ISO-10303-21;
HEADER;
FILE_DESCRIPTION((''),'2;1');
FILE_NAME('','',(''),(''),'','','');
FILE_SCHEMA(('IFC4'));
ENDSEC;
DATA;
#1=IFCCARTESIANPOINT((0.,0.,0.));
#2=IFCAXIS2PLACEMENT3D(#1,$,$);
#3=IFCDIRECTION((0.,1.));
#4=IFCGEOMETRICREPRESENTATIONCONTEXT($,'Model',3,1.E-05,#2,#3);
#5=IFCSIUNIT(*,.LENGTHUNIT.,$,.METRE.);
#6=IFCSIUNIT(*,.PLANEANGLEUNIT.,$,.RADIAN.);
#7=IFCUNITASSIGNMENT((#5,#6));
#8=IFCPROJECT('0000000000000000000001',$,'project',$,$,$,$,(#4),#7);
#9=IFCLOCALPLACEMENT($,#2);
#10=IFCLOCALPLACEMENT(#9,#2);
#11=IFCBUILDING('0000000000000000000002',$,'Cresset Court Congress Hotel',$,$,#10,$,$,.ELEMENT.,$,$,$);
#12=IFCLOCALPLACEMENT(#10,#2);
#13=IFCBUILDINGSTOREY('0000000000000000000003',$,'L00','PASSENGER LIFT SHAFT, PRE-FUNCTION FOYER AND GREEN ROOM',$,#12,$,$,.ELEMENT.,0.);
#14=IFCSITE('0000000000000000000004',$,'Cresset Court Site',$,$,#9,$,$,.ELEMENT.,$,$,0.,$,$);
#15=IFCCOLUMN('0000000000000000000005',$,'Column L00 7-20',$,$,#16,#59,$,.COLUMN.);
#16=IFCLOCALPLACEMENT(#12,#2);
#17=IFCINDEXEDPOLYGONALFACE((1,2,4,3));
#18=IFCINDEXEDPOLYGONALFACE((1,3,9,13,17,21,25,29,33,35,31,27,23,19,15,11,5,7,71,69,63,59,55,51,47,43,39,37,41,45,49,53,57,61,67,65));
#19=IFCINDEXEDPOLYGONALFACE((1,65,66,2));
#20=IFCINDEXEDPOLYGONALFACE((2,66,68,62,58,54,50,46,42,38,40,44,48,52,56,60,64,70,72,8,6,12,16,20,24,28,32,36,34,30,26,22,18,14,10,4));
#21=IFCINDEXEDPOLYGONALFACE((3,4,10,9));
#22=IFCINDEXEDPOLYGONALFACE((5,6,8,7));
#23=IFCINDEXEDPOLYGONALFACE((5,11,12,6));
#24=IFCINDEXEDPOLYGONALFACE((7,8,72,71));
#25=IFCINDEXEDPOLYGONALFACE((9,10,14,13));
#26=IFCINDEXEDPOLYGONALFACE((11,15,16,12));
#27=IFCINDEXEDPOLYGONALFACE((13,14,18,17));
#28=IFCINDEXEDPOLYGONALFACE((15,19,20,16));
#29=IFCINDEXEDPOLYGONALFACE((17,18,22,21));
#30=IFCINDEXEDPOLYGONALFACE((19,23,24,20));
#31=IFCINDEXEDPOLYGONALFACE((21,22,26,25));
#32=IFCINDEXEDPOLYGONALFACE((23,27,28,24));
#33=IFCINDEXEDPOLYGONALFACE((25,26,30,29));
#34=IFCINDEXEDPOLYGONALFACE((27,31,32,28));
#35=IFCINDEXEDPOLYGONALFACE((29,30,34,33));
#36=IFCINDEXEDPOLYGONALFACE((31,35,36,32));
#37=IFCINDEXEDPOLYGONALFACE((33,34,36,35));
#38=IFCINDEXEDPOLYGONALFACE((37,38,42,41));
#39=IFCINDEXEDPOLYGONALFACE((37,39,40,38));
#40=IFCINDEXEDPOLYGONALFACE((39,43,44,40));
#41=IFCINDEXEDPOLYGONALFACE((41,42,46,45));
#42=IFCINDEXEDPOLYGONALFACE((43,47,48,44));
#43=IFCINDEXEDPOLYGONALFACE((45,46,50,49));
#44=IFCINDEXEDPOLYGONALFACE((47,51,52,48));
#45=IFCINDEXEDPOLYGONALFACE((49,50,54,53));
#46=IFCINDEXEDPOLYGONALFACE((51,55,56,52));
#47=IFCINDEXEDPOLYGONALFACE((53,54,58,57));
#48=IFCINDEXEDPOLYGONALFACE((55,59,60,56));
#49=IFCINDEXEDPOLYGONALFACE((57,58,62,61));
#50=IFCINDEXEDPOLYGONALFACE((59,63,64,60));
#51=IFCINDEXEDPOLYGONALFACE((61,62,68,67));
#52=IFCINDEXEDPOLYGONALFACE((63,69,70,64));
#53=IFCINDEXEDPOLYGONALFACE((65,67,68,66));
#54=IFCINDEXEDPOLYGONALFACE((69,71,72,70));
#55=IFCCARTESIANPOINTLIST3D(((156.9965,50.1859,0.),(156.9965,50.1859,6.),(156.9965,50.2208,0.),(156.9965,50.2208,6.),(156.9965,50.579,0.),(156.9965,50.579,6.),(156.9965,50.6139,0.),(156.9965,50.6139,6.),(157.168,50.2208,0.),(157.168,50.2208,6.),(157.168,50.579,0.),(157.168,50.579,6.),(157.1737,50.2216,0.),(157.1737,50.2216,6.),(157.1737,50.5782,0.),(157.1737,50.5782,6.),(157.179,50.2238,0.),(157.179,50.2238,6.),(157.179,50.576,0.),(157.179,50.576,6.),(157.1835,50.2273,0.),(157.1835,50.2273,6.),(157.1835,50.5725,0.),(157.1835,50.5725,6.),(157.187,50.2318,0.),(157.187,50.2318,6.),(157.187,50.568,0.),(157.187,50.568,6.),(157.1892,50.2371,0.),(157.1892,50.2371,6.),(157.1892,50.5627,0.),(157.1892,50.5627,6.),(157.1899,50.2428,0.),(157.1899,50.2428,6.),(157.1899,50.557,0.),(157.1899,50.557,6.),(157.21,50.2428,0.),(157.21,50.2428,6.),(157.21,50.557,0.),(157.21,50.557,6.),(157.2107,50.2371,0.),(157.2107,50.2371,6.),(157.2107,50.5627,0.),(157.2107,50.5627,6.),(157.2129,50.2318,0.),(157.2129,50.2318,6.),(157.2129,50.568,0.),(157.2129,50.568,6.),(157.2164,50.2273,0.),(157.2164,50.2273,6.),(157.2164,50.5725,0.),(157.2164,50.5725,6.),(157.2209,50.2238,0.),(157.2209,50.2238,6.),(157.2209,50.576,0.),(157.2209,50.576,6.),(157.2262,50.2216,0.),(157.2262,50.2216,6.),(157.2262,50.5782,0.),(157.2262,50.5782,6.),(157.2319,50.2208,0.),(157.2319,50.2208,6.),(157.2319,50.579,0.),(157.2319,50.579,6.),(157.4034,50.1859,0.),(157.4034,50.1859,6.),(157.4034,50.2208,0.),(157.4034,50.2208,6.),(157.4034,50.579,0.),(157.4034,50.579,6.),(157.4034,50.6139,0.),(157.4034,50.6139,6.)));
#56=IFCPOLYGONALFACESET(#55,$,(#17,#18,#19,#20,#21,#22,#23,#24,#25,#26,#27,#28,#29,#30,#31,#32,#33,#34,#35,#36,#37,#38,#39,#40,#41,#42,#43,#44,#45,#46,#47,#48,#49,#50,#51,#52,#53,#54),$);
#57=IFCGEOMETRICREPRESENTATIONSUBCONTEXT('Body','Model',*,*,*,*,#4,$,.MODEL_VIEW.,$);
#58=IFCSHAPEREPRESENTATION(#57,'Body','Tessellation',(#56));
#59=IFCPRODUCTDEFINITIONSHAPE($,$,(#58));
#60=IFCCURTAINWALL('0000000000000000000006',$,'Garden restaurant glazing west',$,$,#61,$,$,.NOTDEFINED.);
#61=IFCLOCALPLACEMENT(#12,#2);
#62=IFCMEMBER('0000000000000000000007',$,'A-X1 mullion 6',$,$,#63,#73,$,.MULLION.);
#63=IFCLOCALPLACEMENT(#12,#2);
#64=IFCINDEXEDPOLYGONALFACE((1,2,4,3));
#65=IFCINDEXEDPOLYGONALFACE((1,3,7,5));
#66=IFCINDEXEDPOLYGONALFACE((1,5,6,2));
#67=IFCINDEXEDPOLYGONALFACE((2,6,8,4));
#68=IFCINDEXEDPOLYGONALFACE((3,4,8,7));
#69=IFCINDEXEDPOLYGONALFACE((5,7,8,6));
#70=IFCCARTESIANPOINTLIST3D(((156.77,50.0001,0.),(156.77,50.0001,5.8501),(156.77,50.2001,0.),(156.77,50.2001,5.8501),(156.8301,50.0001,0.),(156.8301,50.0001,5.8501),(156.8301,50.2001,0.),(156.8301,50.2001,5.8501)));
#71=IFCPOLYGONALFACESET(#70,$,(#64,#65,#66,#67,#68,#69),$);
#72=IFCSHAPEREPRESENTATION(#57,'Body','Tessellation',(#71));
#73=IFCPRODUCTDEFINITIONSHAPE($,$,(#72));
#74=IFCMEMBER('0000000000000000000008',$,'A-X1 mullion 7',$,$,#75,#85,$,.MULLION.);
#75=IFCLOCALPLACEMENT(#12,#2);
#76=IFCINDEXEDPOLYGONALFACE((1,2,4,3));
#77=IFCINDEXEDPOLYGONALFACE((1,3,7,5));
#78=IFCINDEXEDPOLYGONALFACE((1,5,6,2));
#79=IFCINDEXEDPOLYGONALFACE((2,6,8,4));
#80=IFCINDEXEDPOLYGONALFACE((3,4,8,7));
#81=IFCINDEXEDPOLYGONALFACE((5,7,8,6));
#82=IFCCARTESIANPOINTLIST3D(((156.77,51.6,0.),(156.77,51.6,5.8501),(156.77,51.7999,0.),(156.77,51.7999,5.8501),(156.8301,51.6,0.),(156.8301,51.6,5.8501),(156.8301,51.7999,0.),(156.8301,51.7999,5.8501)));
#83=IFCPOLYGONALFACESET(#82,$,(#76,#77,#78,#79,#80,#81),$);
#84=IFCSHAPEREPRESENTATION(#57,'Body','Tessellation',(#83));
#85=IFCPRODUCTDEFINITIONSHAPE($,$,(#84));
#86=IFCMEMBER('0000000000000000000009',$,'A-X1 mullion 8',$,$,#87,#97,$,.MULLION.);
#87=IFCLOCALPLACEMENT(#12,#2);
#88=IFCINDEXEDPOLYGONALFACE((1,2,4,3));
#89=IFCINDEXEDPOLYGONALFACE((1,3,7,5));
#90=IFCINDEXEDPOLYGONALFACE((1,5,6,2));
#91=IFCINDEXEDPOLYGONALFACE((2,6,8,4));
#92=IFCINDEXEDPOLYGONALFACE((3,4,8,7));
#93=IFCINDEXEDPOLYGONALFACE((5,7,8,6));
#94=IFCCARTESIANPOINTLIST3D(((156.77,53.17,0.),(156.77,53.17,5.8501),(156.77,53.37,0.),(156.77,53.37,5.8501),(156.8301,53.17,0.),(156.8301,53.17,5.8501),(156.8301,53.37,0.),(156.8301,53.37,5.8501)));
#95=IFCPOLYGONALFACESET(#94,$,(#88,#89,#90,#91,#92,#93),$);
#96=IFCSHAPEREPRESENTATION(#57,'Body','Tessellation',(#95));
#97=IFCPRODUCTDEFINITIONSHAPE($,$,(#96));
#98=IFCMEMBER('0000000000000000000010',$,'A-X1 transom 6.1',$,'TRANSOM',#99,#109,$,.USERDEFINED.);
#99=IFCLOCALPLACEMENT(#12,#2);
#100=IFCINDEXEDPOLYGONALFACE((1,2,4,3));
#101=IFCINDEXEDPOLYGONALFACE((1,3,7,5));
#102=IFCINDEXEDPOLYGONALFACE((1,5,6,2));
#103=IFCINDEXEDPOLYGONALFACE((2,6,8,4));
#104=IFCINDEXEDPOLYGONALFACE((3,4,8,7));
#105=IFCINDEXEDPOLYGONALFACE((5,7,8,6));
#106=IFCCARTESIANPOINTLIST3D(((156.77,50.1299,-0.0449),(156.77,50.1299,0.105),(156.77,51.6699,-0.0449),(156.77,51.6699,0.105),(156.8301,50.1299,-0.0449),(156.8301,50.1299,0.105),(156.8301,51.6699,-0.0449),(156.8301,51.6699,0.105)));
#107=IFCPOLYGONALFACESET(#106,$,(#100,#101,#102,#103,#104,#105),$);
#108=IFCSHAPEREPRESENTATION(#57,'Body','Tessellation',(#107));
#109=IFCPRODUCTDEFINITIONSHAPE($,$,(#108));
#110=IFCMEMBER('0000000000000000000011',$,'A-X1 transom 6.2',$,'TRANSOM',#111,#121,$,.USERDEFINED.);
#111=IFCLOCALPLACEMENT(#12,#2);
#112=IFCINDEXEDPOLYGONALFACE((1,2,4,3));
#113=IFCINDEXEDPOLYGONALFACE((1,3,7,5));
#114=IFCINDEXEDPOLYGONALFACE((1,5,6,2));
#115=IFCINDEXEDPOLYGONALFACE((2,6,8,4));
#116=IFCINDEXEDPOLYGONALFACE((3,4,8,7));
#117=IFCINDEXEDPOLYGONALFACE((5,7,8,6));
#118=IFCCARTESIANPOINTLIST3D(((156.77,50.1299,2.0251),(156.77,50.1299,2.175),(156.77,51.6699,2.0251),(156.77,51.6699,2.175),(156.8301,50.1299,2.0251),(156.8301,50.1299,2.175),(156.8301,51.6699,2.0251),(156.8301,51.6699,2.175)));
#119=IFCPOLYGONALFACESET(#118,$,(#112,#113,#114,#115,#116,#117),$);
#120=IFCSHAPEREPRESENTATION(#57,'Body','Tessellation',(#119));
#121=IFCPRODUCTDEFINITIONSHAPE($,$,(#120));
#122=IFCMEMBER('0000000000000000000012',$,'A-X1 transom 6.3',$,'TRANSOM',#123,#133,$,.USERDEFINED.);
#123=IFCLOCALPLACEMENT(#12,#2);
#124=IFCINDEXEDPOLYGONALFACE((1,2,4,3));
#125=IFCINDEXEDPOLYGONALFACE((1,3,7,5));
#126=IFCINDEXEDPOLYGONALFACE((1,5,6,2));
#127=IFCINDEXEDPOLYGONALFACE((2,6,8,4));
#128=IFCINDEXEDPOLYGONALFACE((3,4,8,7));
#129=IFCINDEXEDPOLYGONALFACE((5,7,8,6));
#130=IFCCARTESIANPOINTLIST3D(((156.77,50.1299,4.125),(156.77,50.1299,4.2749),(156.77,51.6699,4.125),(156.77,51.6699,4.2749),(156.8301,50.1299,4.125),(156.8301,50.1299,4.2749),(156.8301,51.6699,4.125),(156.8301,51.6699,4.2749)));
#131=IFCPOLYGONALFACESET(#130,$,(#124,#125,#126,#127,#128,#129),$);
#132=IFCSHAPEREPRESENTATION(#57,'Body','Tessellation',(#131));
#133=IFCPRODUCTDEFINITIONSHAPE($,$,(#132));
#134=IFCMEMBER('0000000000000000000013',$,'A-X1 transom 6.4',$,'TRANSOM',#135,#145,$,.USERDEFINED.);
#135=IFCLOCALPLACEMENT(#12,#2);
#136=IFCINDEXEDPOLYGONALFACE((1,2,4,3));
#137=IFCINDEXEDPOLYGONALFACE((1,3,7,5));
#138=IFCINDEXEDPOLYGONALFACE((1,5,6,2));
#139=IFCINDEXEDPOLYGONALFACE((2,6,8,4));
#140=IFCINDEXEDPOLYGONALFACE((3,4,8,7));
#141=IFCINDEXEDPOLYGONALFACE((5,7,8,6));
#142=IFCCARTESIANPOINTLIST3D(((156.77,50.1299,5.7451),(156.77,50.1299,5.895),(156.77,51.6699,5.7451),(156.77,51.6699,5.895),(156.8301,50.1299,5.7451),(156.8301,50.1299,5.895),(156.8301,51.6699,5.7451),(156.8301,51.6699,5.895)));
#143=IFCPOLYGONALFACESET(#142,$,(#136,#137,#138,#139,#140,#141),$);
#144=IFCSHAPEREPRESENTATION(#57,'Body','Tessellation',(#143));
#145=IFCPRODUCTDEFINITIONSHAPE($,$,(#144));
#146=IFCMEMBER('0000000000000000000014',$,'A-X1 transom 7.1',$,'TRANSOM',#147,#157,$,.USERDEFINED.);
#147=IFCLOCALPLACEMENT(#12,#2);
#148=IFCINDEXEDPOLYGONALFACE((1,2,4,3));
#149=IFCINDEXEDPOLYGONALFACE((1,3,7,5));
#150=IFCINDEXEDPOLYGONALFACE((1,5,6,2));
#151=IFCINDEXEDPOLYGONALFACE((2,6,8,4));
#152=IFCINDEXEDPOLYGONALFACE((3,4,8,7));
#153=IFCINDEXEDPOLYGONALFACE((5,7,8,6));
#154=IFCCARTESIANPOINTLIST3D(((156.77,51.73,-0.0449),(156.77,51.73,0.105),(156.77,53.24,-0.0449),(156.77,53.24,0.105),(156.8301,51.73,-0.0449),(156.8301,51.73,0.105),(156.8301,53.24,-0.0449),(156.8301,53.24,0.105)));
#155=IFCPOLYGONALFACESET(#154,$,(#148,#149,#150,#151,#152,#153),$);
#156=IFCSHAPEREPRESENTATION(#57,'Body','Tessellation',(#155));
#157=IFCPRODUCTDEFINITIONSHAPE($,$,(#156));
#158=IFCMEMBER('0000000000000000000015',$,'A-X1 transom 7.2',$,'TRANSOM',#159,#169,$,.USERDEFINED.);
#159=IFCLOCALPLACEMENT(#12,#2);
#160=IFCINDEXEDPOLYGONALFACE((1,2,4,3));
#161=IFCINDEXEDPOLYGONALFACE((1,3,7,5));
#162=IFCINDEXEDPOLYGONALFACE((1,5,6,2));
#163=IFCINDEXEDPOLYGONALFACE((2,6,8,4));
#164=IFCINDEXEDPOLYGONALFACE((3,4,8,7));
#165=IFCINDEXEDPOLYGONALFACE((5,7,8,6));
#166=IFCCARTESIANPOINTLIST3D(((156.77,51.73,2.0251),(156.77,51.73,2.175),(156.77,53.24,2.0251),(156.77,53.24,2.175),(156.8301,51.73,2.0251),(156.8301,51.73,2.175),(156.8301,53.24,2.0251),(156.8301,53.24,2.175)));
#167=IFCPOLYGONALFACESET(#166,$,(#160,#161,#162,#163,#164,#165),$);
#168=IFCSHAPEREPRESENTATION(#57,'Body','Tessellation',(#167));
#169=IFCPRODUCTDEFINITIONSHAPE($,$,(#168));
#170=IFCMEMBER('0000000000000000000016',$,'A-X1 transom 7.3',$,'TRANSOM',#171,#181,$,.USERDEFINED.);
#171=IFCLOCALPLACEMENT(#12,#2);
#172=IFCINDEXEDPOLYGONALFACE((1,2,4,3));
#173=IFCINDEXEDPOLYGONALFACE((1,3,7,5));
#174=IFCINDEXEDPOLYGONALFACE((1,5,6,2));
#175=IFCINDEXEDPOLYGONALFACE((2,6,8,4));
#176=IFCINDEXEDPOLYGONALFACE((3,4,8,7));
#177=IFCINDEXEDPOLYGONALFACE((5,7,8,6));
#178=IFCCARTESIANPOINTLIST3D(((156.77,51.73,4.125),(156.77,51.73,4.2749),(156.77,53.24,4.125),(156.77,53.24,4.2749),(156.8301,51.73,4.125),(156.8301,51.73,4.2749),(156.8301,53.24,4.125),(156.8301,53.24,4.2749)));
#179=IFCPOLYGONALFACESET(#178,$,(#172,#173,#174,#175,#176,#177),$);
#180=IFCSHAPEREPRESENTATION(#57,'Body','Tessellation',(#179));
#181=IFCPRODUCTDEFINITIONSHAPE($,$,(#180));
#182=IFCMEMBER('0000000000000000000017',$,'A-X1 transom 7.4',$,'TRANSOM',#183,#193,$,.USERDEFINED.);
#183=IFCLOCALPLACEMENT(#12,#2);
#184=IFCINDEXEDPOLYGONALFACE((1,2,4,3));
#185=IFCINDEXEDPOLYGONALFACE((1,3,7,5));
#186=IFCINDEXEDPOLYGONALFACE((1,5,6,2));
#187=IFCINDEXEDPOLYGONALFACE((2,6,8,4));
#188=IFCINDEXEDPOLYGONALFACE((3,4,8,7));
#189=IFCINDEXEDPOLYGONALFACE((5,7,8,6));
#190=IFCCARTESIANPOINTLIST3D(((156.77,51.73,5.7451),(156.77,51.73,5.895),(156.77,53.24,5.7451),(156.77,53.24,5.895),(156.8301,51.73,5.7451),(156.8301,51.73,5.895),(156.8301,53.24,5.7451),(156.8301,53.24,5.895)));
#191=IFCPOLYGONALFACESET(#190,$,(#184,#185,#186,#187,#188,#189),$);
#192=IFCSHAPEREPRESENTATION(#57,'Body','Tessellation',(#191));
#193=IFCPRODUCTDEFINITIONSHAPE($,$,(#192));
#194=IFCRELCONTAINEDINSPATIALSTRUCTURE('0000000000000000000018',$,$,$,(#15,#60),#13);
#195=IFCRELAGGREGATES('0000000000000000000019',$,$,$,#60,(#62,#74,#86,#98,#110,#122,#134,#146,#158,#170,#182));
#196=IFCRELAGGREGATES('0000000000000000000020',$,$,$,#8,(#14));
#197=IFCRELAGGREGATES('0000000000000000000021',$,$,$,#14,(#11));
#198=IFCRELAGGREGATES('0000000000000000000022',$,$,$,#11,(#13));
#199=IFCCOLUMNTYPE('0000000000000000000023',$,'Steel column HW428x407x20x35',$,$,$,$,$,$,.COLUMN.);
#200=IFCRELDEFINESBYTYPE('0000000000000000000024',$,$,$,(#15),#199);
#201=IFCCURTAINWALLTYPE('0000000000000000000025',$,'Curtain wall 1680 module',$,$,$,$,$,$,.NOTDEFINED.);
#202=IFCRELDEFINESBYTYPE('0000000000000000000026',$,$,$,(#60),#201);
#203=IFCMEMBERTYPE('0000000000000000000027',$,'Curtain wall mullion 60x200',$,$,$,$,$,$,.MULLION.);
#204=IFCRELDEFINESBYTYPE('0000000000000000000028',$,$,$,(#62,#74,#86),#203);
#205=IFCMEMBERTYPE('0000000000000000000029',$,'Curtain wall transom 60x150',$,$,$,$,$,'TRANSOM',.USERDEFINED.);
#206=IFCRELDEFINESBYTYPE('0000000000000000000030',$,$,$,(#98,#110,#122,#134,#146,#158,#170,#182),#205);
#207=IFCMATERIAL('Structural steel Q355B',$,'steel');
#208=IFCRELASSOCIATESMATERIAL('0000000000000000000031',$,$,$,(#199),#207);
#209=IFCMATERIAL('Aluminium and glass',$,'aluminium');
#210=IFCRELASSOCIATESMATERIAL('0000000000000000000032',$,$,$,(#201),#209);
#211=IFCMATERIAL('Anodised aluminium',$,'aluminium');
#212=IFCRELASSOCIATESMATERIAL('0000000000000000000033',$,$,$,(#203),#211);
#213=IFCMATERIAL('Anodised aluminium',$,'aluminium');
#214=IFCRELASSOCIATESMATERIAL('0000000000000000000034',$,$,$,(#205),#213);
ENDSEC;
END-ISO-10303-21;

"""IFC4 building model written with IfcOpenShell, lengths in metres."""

from ifc_helpers import new_model, si_unit, direction, frame, origin, origin_2d, place, context, subcontext, project, spatial, rectangle, i_section, extrude, material, material_profile, profile_set, type_object, element, aggregate, save


model = new_model("IFC4")

# Units and contexts
model_context = context("Model", 3, precision=1e-05, world=origin(), true_north=direction((0.0, 1.0)))
body_context = subcontext(model_context, "Body", "Model", "MODEL_VIEW")
ifc_project = project(units=[si_unit("LENGTHUNIT", "METRE"), si_unit("PLANEANGLEUNIT", "RADIAN")], contexts=[model_context])

# Site, building, storey
site_placement = place(None, origin())
site = spatial("IfcSite", under=ifc_project, at=site_placement, Name="Cresset Court Site", CompositionType="ELEMENT", RefElevation=0.0)
building_placement = place(site_placement, origin())
building = spatial("IfcBuilding", under=site, at=building_placement, Name="Cresset Court Congress Hotel", CompositionType="ELEMENT")
storey_placement = place(building_placement, origin())
storey = spatial("IfcBuildingStorey", under=building, at=storey_placement, Name="L00", Description="PASSENGER LIFT SHAFT, PRE-FUNCTION FOYER AND GREEN ROOM", CompositionType="ELEMENT", Elevation=0.0)

# Column
ifc_material_1 = material(Name="Structural steel Q355B", Category="steel")
ifc_material_profile_1 = material_profile(ifc_material_1, i_section(OverallWidth=0.407, OverallDepth=0.428, WebThickness=0.02, FlangeThickness=0.0349, FilletRadius=0.022, at=origin_2d()), Name="HW428x407x20x35")
ifc_profile_set_1 = profile_set([ifc_material_profile_1], Name="Structural steel Q355B")
column_type = type_object("IfcColumnType", Name="Steel column HW428x407x20x35", PredefinedType="COLUMN", material=ifc_profile_set_1)
column_placement = place(storey_placement, frame((157.2, 50.3999, 0.0), z_axis=(0.0, 0.0, 1.0), x_axis=(1.0, 0.0, 0.0)))
element("IfcColumn", 1, at=column_placement, inside=storey, type_object=column_type, Name="Column L00 7-20", PredefinedType="COLUMN", context=body_context, shape_type="SweptSolid", body=[
    extrude(i_section(OverallWidth=0.407, OverallDepth=0.428, WebThickness=0.02, FlangeThickness=0.0349, FilletRadius=0.022, at=origin_2d()), origin(), (0.0, 0.0, 1.0), 6.0),
])

# Curtain wall, members
ifc_material_2 = material(Name="Aluminium and glass", Category="aluminium")
curtain_wall_type = type_object("IfcCurtainWallType", Name="Curtain wall 1680 module", PredefinedType="NOTDEFINED", material=ifc_material_2)
curtain_wall_placement = place(storey_placement, origin())
curtain_wall = element("IfcCurtainWall", 2, at=curtain_wall_placement, inside=storey, type_object=curtain_wall_type, Name="Garden restaurant glazing west", PredefinedType="NOTDEFINED")
ifc_material_3 = material(Name="Anodised aluminium", Category="aluminium")
ifc_material_profile_2 = material_profile(ifc_material_3, rectangle(XDim=0.0601, YDim=0.2, at=origin_2d()), Name="RECT60x200")
ifc_profile_set_2 = profile_set([ifc_material_profile_2], Name="Anodised aluminium")
member_type_1 = type_object("IfcMemberType", Name="Curtain wall mullion 60x200", PredefinedType="MULLION", material=ifc_profile_set_2)
member_1_placement = place(storey_placement, frame((156.8, 50.1001, 0.0), z_axis=(0.0, 0.0, 1.0), x_axis=(-1.0, 0.0, 0.0)))
member_1 = element("IfcMember", 3, at=member_1_placement, type_object=member_type_1, Name="A-X1 mullion 6", PredefinedType="MULLION", context=body_context, shape_type="SweptSolid", body=[
    extrude(rectangle(XDim=0.0601, YDim=0.2, at=origin_2d()), origin(), (0.0, 0.0, 1.0), 5.8501),
])
member_2_placement = place(storey_placement, frame((156.8, 51.7, 0.0), z_axis=(0.0, 0.0, 1.0), x_axis=(-1.0, 0.0, 0.0)))
member_2 = element("IfcMember", 4, at=member_2_placement, type_object=member_type_1, Name="A-X1 mullion 7", PredefinedType="MULLION", context=body_context, shape_type="SweptSolid", body=[
    extrude(rectangle(XDim=0.0601, YDim=0.2, at=origin_2d()), origin(), (0.0, 0.0, 1.0), 5.8501),
])
member_3_placement = place(storey_placement, frame((156.8, 53.27, 0.0), z_axis=(0.0, 0.0, 1.0), x_axis=(-1.0, 0.0, 0.0)))
member_3 = element("IfcMember", 5, at=member_3_placement, type_object=member_type_1, Name="A-X1 mullion 8", PredefinedType="MULLION", context=body_context, shape_type="SweptSolid", body=[
    extrude(rectangle(XDim=0.0601, YDim=0.2, at=origin_2d()), origin(), (0.0, 0.0, 1.0), 5.8501),
])
ifc_material_4 = material(Name="Anodised aluminium", Category="aluminium")
ifc_material_profile_3 = material_profile(ifc_material_4, rectangle(XDim=0.0601, YDim=0.1499, at=origin_2d()), Name="RECT60x150")
ifc_profile_set_3 = profile_set([ifc_material_profile_3], Name="Anodised aluminium")
member_type_2 = type_object("IfcMemberType", Name="Curtain wall transom 60x150", ElementType="TRANSOM", PredefinedType="USERDEFINED", material=ifc_profile_set_3)
member_4_placement = place(storey_placement, frame((156.8, 50.1299, 0.03), z_axis=(0.0, 1.0, 0.0), x_axis=(-1.0, 0.0, 0.0)))
member_4 = element("IfcMember", 6, at=member_4_placement, type_object=member_type_2, Name="A-X1 transom 6.1", ObjectType="TRANSOM", PredefinedType="USERDEFINED", context=body_context, shape_type="SweptSolid", body=[
    extrude(rectangle(XDim=0.0601, YDim=0.1499, at=origin_2d()), origin(), (0.0, 0.0, 1.0), 1.54),
])
member_5_placement = place(storey_placement, frame((156.8, 50.1299, 2.1001), z_axis=(0.0, 1.0, 0.0), x_axis=(-1.0, 0.0, 0.0)))
member_5 = element("IfcMember", 7, at=member_5_placement, type_object=member_type_2, Name="A-X1 transom 6.2", ObjectType="TRANSOM", PredefinedType="USERDEFINED", context=body_context, shape_type="SweptSolid", body=[
    extrude(rectangle(XDim=0.0601, YDim=0.1499, at=origin_2d()), origin(), (0.0, 0.0, 1.0), 1.54),
])
member_6_placement = place(storey_placement, frame((156.8, 50.1299, 4.2), z_axis=(0.0, 1.0, 0.0), x_axis=(-1.0, 0.0, 0.0)))
member_6 = element("IfcMember", 8, at=member_6_placement, type_object=member_type_2, Name="A-X1 transom 6.3", ObjectType="TRANSOM", PredefinedType="USERDEFINED", context=body_context, shape_type="SweptSolid", body=[
    extrude(rectangle(XDim=0.0601, YDim=0.1499, at=origin_2d()), origin(), (0.0, 0.0, 1.0), 1.54),
])
member_7_placement = place(storey_placement, frame((156.8, 50.1299, 5.8201), z_axis=(0.0, 1.0, 0.0), x_axis=(-1.0, 0.0, 0.0)))
member_7 = element("IfcMember", 9, at=member_7_placement, type_object=member_type_2, Name="A-X1 transom 6.4", ObjectType="TRANSOM", PredefinedType="USERDEFINED", context=body_context, shape_type="SweptSolid", body=[
    extrude(rectangle(XDim=0.0601, YDim=0.1499, at=origin_2d()), origin(), (0.0, 0.0, 1.0), 1.54),
])
member_8_placement = place(storey_placement, frame((156.8, 51.73, 0.03), z_axis=(0.0, 1.0, 0.0), x_axis=(-1.0, 0.0, 0.0)))
member_8 = element("IfcMember", 10, at=member_8_placement, type_object=member_type_2, Name="A-X1 transom 7.1", ObjectType="TRANSOM", PredefinedType="USERDEFINED", context=body_context, shape_type="SweptSolid", body=[
    extrude(rectangle(XDim=0.0601, YDim=0.1499, at=origin_2d()), origin(), (0.0, 0.0, 1.0), 1.51),
])
member_9_placement = place(storey_placement, frame((156.8, 51.73, 2.1001), z_axis=(0.0, 1.0, 0.0), x_axis=(-1.0, 0.0, 0.0)))
member_9 = element("IfcMember", 11, at=member_9_placement, type_object=member_type_2, Name="A-X1 transom 7.2", ObjectType="TRANSOM", PredefinedType="USERDEFINED", context=body_context, shape_type="SweptSolid", body=[
    extrude(rectangle(XDim=0.0601, YDim=0.1499, at=origin_2d()), origin(), (0.0, 0.0, 1.0), 1.51),
])
member_10_placement = place(storey_placement, frame((156.8, 51.73, 4.2), z_axis=(0.0, 1.0, 0.0), x_axis=(-1.0, 0.0, 0.0)))
member_10 = element("IfcMember", 12, at=member_10_placement, type_object=member_type_2, Name="A-X1 transom 7.3", ObjectType="TRANSOM", PredefinedType="USERDEFINED", context=body_context, shape_type="SweptSolid", body=[
    extrude(rectangle(XDim=0.0601, YDim=0.1499, at=origin_2d()), origin(), (0.0, 0.0, 1.0), 1.51),
])
member_11_placement = place(storey_placement, frame((156.8, 51.73, 5.8201), z_axis=(0.0, 1.0, 0.0), x_axis=(-1.0, 0.0, 0.0)))
member_11 = element("IfcMember", 13, at=member_11_placement, type_object=member_type_2, Name="A-X1 transom 7.4", ObjectType="TRANSOM", PredefinedType="USERDEFINED", context=body_context, shape_type="SweptSolid", body=[
    extrude(rectangle(XDim=0.0601, YDim=0.1499, at=origin_2d()), origin(), (0.0, 0.0, 1.0), 1.51),
])
aggregate(curtain_wall, [member_1, member_2, member_3, member_4, member_5, member_6, member_7, member_8, member_9, member_10, member_11])

save(model, "model.ifc")
